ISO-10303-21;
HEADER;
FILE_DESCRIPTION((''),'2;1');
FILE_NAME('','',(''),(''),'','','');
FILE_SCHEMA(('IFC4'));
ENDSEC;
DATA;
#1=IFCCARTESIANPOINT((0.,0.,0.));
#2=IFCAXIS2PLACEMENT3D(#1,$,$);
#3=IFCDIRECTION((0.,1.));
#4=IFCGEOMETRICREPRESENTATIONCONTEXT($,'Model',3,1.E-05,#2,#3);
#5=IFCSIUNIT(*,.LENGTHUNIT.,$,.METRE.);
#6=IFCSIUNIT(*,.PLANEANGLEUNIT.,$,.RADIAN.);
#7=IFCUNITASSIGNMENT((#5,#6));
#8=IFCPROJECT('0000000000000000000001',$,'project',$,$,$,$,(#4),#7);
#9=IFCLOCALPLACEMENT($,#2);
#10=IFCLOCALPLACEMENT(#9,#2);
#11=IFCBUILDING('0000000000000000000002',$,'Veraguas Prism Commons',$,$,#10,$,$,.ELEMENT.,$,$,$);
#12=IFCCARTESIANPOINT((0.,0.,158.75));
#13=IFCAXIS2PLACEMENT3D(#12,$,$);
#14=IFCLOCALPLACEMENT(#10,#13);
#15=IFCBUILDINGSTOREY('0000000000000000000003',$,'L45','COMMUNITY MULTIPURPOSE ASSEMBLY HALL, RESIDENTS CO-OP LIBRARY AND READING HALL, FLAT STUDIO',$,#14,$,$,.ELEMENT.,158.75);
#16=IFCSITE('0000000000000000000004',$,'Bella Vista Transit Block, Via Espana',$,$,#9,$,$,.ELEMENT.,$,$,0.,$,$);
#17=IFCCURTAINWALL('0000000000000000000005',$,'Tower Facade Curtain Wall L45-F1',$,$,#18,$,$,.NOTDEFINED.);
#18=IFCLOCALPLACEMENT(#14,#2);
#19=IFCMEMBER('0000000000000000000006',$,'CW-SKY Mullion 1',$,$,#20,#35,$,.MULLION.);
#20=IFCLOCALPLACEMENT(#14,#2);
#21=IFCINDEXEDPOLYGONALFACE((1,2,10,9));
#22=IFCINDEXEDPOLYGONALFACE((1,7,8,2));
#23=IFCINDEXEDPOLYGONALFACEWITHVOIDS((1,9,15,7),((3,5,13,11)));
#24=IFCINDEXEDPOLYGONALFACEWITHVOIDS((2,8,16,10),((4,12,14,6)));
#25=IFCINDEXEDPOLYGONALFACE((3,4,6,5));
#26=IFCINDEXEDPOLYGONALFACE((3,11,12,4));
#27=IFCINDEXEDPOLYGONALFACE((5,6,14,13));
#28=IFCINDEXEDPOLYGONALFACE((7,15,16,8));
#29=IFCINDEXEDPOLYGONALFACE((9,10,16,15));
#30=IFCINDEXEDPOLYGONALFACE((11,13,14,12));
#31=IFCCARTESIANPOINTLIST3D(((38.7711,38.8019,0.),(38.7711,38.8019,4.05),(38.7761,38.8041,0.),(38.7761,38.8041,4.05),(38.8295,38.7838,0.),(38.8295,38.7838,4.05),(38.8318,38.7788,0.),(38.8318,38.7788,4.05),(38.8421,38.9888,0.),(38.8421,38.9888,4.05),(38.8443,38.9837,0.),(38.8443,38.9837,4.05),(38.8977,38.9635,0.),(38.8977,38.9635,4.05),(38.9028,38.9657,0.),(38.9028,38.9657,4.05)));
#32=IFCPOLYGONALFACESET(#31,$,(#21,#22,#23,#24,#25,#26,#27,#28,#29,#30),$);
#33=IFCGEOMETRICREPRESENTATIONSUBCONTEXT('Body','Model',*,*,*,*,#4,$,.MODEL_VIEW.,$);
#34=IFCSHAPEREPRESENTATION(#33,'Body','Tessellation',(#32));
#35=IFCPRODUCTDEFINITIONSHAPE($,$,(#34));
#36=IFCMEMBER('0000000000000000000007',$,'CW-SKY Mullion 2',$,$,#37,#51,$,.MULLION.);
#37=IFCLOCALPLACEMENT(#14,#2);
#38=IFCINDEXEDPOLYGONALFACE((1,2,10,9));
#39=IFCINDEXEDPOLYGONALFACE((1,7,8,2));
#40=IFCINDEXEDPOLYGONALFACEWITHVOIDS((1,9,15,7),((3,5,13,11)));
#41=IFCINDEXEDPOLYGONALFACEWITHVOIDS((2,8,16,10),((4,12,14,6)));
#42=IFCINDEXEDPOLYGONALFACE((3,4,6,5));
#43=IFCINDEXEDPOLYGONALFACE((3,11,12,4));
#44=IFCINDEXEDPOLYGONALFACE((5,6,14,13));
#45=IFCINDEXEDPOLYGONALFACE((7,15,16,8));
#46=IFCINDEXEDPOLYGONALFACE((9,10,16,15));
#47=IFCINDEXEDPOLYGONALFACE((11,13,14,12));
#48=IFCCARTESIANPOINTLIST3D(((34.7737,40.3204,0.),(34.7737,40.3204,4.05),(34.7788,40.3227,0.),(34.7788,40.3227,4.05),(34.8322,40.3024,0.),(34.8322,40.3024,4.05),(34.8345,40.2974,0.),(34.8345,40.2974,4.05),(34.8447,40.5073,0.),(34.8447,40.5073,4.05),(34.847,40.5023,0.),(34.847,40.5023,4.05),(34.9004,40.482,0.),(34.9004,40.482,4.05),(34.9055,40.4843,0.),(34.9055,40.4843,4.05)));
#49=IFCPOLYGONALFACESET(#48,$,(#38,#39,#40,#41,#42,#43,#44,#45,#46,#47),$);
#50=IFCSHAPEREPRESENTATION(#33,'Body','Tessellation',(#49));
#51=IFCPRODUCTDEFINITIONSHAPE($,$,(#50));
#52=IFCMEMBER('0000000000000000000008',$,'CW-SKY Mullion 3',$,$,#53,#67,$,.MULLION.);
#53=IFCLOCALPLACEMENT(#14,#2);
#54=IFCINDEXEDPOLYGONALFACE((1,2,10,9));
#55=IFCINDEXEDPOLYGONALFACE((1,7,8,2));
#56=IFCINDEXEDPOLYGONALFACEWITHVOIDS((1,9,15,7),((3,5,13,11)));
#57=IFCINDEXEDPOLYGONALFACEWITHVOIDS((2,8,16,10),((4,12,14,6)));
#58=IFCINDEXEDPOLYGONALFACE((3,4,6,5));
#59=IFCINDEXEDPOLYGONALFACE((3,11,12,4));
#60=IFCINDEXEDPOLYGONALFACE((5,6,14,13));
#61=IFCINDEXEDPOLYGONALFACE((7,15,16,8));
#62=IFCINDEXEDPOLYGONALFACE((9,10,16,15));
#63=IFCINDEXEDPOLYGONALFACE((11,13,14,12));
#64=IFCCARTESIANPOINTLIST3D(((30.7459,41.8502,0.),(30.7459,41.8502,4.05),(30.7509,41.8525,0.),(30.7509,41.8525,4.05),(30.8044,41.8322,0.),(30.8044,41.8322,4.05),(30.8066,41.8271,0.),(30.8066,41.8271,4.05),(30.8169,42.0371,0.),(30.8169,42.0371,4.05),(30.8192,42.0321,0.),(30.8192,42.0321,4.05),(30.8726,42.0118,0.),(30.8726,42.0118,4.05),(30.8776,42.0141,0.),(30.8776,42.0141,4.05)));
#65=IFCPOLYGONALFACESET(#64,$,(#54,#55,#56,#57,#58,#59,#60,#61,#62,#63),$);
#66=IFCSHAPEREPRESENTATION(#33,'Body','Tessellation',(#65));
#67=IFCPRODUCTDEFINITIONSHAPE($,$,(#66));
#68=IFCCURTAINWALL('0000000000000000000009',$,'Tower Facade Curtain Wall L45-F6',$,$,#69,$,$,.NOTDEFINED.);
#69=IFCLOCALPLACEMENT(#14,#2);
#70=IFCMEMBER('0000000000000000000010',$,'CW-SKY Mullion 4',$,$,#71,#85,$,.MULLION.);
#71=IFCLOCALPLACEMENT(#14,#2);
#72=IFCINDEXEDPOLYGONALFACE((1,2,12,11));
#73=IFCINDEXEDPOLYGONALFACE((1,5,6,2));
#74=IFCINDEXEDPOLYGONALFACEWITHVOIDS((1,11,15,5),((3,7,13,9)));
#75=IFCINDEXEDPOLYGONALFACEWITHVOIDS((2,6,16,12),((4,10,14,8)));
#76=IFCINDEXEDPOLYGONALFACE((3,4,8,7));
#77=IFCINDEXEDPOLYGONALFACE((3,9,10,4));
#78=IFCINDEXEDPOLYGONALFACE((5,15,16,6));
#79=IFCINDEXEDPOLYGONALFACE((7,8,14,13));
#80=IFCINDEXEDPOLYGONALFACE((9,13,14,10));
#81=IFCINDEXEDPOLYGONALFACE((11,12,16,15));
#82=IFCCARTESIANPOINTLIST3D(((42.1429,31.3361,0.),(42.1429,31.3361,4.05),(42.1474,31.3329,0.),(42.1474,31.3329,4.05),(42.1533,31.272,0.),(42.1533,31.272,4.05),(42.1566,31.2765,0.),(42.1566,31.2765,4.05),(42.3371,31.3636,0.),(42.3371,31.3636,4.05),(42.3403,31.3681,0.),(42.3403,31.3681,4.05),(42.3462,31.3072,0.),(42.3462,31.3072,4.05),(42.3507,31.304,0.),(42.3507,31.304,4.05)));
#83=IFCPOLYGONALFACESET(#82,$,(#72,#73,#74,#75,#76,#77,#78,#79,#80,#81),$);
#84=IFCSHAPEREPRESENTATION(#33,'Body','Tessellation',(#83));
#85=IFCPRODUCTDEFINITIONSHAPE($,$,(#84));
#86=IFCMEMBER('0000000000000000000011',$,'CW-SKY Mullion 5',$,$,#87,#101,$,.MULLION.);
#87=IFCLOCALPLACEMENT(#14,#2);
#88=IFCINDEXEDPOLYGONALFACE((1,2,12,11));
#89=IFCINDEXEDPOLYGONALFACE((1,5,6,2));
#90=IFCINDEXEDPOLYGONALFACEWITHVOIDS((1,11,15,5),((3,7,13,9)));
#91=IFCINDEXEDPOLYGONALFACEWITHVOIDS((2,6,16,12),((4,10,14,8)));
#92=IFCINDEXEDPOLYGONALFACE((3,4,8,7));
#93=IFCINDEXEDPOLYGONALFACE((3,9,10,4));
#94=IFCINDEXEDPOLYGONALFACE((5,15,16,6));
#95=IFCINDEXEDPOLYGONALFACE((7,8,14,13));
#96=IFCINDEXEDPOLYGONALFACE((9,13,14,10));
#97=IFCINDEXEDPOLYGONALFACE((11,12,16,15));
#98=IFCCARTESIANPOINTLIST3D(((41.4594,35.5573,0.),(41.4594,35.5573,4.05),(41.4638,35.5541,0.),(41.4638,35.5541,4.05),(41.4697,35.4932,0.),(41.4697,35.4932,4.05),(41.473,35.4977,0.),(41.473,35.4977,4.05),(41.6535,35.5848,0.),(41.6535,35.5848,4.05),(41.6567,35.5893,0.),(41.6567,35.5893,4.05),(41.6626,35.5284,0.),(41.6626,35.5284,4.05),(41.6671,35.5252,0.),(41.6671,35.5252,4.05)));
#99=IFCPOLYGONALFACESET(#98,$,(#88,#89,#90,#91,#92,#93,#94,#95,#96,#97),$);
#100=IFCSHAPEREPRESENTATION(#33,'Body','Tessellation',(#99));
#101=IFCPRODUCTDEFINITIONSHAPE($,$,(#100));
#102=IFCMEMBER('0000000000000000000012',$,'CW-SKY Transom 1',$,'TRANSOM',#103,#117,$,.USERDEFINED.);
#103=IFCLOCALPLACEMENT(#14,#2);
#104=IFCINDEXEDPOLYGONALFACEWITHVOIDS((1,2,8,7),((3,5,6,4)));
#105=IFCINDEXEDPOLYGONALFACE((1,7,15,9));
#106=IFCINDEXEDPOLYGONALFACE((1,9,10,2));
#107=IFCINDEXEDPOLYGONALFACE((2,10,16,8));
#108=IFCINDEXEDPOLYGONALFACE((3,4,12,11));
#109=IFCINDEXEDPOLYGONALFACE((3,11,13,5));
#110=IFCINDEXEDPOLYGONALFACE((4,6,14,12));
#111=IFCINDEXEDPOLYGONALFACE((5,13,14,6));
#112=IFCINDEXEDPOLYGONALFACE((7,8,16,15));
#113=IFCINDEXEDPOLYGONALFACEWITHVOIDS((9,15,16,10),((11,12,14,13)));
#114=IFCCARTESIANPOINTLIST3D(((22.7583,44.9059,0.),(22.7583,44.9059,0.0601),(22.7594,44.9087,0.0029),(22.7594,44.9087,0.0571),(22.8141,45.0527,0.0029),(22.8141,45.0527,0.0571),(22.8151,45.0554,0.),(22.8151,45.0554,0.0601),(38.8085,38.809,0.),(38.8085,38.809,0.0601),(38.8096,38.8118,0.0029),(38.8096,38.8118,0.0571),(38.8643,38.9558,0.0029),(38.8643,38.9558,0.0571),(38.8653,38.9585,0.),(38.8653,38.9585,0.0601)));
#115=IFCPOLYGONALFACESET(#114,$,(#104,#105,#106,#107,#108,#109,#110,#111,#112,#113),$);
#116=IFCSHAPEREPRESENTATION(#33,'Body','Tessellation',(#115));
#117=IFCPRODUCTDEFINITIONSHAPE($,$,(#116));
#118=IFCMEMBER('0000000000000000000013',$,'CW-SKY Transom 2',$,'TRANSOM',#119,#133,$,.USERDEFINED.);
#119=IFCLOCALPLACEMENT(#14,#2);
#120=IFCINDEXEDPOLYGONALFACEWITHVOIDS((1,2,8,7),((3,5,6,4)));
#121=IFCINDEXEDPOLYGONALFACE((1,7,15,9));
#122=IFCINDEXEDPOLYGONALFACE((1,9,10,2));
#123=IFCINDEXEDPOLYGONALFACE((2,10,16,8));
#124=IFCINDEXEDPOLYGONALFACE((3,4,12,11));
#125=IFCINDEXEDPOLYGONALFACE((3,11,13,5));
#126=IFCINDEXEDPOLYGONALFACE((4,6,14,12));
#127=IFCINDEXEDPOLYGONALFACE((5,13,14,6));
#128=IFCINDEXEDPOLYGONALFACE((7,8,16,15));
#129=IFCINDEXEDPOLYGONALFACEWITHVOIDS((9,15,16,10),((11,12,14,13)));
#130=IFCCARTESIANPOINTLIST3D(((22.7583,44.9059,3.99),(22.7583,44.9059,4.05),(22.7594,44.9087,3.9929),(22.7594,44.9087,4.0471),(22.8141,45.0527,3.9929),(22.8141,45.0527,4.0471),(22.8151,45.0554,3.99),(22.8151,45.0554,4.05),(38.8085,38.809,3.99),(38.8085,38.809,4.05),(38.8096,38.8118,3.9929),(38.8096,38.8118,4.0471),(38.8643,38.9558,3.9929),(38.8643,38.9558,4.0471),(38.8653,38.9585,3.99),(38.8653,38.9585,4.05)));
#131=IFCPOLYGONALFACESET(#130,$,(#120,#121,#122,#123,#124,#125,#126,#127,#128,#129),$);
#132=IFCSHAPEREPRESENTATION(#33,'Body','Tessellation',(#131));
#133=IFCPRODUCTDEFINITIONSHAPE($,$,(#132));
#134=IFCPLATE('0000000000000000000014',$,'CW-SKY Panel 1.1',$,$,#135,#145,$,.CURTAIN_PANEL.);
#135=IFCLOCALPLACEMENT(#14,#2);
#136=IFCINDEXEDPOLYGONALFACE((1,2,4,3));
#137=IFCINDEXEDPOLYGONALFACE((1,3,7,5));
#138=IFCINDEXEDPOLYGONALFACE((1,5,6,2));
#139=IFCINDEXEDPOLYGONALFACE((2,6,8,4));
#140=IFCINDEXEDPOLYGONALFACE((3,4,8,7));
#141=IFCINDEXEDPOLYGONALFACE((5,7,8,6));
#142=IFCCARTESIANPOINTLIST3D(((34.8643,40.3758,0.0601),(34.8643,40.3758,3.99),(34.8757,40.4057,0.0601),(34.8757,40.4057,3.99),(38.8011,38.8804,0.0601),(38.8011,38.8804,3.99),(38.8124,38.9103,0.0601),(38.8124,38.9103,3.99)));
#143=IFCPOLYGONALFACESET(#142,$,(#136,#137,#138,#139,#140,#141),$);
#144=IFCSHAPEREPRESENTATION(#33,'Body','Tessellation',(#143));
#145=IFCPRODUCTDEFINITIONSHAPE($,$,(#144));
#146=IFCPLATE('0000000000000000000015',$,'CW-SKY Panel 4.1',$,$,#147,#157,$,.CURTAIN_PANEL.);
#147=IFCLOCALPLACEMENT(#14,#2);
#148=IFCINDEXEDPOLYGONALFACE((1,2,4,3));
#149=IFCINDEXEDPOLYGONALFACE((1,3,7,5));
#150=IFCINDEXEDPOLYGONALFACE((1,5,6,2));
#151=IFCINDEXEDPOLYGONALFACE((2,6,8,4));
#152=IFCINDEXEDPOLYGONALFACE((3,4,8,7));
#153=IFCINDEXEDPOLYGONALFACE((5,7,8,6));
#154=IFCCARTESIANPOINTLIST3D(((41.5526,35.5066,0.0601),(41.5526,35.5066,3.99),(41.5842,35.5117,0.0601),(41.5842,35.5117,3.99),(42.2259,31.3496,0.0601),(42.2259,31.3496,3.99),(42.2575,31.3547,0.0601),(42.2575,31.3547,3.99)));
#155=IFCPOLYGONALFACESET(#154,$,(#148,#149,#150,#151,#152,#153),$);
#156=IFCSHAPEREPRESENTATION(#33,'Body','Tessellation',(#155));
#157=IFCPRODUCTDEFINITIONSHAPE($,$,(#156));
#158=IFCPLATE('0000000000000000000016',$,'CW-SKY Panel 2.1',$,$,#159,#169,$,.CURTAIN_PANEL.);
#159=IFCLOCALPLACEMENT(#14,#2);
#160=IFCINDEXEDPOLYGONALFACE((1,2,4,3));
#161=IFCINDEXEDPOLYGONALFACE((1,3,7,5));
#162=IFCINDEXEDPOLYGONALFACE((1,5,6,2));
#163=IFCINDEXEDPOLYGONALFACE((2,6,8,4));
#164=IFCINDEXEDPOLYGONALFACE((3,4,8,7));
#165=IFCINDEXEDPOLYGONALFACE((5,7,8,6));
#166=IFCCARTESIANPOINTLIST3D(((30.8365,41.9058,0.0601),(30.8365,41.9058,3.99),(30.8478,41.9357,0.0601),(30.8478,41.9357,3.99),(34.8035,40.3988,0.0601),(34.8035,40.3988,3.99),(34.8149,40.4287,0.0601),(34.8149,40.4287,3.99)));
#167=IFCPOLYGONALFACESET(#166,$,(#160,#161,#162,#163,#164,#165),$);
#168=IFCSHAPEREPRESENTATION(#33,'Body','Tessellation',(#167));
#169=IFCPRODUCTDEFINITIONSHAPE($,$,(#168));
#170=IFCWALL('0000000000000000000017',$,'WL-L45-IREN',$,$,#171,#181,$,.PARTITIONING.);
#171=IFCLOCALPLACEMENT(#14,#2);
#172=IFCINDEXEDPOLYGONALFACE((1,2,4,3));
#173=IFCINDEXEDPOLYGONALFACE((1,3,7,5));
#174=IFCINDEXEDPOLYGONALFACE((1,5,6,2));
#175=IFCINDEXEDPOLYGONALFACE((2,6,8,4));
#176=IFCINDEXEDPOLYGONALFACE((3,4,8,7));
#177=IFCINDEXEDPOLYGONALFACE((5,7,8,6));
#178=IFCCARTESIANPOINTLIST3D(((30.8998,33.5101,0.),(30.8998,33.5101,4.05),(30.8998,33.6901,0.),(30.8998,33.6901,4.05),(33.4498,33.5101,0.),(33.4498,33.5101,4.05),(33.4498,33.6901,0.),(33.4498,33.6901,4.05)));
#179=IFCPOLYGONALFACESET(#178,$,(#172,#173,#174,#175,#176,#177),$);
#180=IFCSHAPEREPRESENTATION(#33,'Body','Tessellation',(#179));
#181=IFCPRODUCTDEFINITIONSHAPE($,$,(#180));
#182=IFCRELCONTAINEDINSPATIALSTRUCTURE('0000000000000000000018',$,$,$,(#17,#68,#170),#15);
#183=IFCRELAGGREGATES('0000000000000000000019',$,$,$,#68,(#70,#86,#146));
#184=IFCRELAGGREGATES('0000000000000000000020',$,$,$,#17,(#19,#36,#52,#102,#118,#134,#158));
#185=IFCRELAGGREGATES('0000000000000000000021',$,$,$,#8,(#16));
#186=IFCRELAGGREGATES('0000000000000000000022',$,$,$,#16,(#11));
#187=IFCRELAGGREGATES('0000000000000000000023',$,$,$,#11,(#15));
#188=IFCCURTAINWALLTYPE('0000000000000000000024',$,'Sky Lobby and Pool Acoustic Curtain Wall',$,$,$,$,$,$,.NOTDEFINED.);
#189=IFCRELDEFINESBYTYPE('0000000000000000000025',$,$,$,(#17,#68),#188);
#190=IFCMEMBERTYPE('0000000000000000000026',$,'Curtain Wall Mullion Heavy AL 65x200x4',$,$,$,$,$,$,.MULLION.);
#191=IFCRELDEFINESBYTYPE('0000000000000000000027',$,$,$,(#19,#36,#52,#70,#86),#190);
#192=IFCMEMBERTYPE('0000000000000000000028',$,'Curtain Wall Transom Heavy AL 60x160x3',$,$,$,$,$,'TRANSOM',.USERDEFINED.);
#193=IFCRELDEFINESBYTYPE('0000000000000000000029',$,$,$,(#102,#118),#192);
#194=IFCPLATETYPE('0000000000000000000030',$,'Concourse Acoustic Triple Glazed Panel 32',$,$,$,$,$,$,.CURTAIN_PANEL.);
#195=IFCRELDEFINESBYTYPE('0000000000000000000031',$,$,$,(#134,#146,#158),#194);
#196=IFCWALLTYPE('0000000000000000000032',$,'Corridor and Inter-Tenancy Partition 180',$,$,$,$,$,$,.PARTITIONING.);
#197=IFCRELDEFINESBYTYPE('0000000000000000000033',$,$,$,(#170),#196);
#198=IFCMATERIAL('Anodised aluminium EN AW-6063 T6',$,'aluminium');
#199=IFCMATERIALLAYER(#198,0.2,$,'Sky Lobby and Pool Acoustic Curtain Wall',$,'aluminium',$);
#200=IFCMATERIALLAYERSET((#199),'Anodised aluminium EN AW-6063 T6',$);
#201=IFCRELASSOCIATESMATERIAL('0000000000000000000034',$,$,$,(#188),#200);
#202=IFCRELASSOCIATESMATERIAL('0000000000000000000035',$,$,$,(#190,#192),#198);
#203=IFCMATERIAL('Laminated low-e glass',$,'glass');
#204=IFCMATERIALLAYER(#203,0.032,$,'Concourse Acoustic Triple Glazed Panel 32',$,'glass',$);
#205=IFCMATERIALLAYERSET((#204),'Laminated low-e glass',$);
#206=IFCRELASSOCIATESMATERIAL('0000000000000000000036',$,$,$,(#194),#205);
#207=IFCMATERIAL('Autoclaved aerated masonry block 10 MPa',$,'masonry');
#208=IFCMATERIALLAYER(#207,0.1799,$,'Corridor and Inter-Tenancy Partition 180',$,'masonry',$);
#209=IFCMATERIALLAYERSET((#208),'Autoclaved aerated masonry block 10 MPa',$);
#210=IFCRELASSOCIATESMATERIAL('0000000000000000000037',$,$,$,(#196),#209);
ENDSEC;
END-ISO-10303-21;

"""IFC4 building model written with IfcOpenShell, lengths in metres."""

from ifc_helpers import new_model, si_unit, direction, frame, frame_2d, origin, origin_2d, place, context, subcontext, project, spatial, rectangle, hollow_rectangle, extrude, source, transform, mapped, material, layer, layer_set, material_profile, profile_set, type_object, element, aggregate, save


model = new_model("IFC4")

# Units and contexts
model_context = context("Model", 3, precision=1e-05, world=origin(), true_north=direction((0.0, 1.0)))
body_context = subcontext(model_context, "Body", "Model", "MODEL_VIEW")
ifc_project = project(units=[si_unit("LENGTHUNIT", "METRE"), si_unit("PLANEANGLEUNIT", "RADIAN")], contexts=[model_context])

# Site, building, storey
site_placement = place(None, origin())
site = spatial("IfcSite", under=ifc_project, at=site_placement, Name="Bella Vista Transit Block, Via Espana", CompositionType="ELEMENT", RefElevation=0.0)
building_placement = place(site_placement, origin())
building = spatial("IfcBuilding", under=site, at=building_placement, Name="Veraguas Prism Commons", CompositionType="ELEMENT")
storey_placement = place(building_placement, frame((0.0, 0.0, 158.75)))
storey = spatial("IfcBuildingStorey", under=building, at=storey_placement, Name="L45", Description="COMMUNITY MULTIPURPOSE ASSEMBLY HALL, RESIDENTS CO-OP LIBRARY AND READING HALL, FLAT STUDIO", CompositionType="ELEMENT", Elevation=158.75)

# Curtain walls, members
ifc_material_1 = material(Name="Anodised aluminium EN AW-6063 T6", Category="aluminium")
ifc_layer_1 = layer(ifc_material_1, 0.2, Name="Sky Lobby and Pool Acoustic Curtain Wall", Category="aluminium")
ifc_layer_set_1 = layer_set([ifc_layer_1], Name="Anodised aluminium EN AW-6063 T6")
curtain_wall_type = type_object("IfcCurtainWallType", Name="Sky Lobby and Pool Acoustic Curtain Wall", PredefinedType="NOTDEFINED", material=ifc_layer_set_1)
curtain_wall_1_placement = place(storey_placement, origin())
curtain_wall_1 = element("IfcCurtainWall", 1, at=curtain_wall_1_placement, inside=storey, type_object=curtain_wall_type, Name="Tower Facade Curtain Wall L45-F1", PredefinedType="NOTDEFINED")
ifc_material_profile_1 = material_profile(ifc_material_1, hollow_rectangle(XDim=0.0649, YDim=0.2, WallThickness=0.0039, at=origin_2d()), Name="AL65X200X4")
ifc_profile_set_1 = profile_set([ifc_material_profile_1], Name="Anodised aluminium EN AW-6063 T6")
member_type_1 = type_object("IfcMemberType", Name="Curtain Wall Mullion Heavy AL 65x200x4", PredefinedType="MULLION", material=ifc_profile_set_1)
shared_shape_1 = source(origin(), body_context, "Body", "SweptSolid", [
    extrude(hollow_rectangle(XDim=0.0649, YDim=0.2, WallThickness=0.0039, at=origin_2d()), origin(), (0.0, 0.0, 1.0), 4.05),
])
member_1_placement = place(storey_placement, frame((38.8369, 38.8838, 0.0), z_axis=(0.0, 0.0, 1.0), x_axis=(-0.934824, 0.35511, 0.0)))
member_1 = element("IfcMember", 2, at=member_1_placement, type_object=member_type_1, Name="CW-SKY Mullion 1", PredefinedType="MULLION", context=body_context, shape_type="MappedRepresentation", body=[
    mapped(shared_shape_1, transform((0.0, 0.0, 0.0), scale=1.0)),
])
member_2_placement = place(storey_placement, frame((34.8396, 40.4023, 0.0), z_axis=(0.0, 0.0, 1.0), x_axis=(-0.934824, 0.35511, 0.0)))
member_2 = element("IfcMember", 3, at=member_2_placement, type_object=member_type_1, Name="CW-SKY Mullion 2", PredefinedType="MULLION", context=body_context, shape_type="MappedRepresentation", body=[
    mapped(shared_shape_1, transform((0.0, 0.0, 0.0), scale=1.0)),
])
member_3_placement = place(storey_placement, frame((30.8118, 41.9321, 0.0), z_axis=(0.0, 0.0, 1.0), x_axis=(-0.934824, 0.35511, 0.0)))
member_3 = element("IfcMember", 4, at=member_3_placement, type_object=member_type_1, Name="CW-SKY Mullion 3", PredefinedType="MULLION", context=body_context, shape_type="MappedRepresentation", body=[
    mapped(shared_shape_1, transform((0.0, 0.0, 0.0), scale=1.0)),
])
curtain_wall_2_placement = place(storey_placement, origin())
curtain_wall_2 = element("IfcCurtainWall", 5, at=curtain_wall_2_placement, inside=storey, type_object=curtain_wall_type, Name="Tower Facade Curtain Wall L45-F6", PredefinedType="NOTDEFINED")
member_4_placement = place(storey_placement, frame((42.2468, 31.3201, 0.0), z_axis=(0.0, 0.0, 1.0), x_axis=(-0.159878, 0.987137, 0.0)))
member_4 = element("IfcMember", 6, at=member_4_placement, type_object=member_type_1, Name="CW-SKY Mullion 4", PredefinedType="MULLION", context=body_context, shape_type="MappedRepresentation", body=[
    mapped(shared_shape_1, transform((0.0, 0.0, 0.0), scale=1.0)),
])
member_5_placement = place(storey_placement, frame((41.5632, 35.5413, 0.0), z_axis=(0.0, 0.0, 1.0), x_axis=(-0.159878, 0.987137, 0.0)))
member_5 = element("IfcMember", 7, at=member_5_placement, type_object=member_type_1, Name="CW-SKY Mullion 5", PredefinedType="MULLION", context=body_context, shape_type="MappedRepresentation", body=[
    mapped(shared_shape_1, transform((0.0, 0.0, 0.0), scale=1.0)),
])

# Members
ifc_material_profile_2 = material_profile(ifc_material_1, hollow_rectangle(XDim=0.0601, YDim=0.1599, WallThickness=0.0029, at=origin_2d()), Name="AL60X160X3")
ifc_profile_set_2 = profile_set([ifc_material_profile_2], Name="Anodised aluminium EN AW-6063 T6")
member_type_2 = type_object("IfcMemberType", Name="Curtain Wall Transom Heavy AL 60x160x3", ElementType="TRANSOM", PredefinedType="USERDEFINED", material=ifc_profile_set_2)
shared_shape_2 = source(origin(), body_context, "Body", "SweptSolid", [
    extrude(hollow_rectangle(XDim=0.0601, YDim=0.1599, WallThickness=0.0029, at=origin_2d()), origin(), (0.0, 0.0, 1.0), 17.1692),
])
member_6_placement = place(storey_placement, frame((38.8369, 38.8838, 0.03), z_axis=(-0.934826, 0.355106, 0.0), x_axis=(0.0, 0.0, 1.0)))
member_6 = element("IfcMember", 8, at=member_6_placement, type_object=member_type_2, Name="CW-SKY Transom 1", ObjectType="TRANSOM", PredefinedType="USERDEFINED", context=body_context, shape_type="MappedRepresentation", body=[
    mapped(shared_shape_2, transform((0.0, 0.0, 0.0), scale=1.0)),
])
member_7_placement = place(storey_placement, frame((38.8369, 38.8838, 4.02), z_axis=(-0.934826, 0.355106, 0.0), x_axis=(0.0, 0.0, 1.0)))
member_7 = element("IfcMember", 9, at=member_7_placement, type_object=member_type_2, Name="CW-SKY Transom 2", ObjectType="TRANSOM", PredefinedType="USERDEFINED", context=body_context, shape_type="MappedRepresentation", body=[
    mapped(shared_shape_2, transform((0.0, 0.0, 0.0), scale=1.0)),
])

# Plates
ifc_material_2 = material(Name="Laminated low-e glass", Category="glass")
ifc_layer_2 = layer(ifc_material_2, 0.032, Name="Concourse Acoustic Triple Glazed Panel 32", Category="glass")
ifc_layer_set_2 = layer_set([ifc_layer_2], Name="Laminated low-e glass")
plate_type = type_object("IfcPlateType", Name="Concourse Acoustic Triple Glazed Panel 32", PredefinedType="CURTAIN_PANEL", material=ifc_layer_set_2)
shared_shape_3 = source(origin(), body_context, "Body", "SweptSolid", [
    extrude(rectangle(XDim=4.2112, YDim=0.032, at=origin_2d()), origin(), (0.0, 0.0, 1.0), 3.9299),
])
plate_1_placement = place(storey_placement, frame((36.8384, 39.6431, 0.0601), z_axis=(0.0, 0.0, 1.0), x_axis=(-0.934824, 0.35511, 0.0)))
plate_1 = element("IfcPlate", 10, at=plate_1_placement, type_object=plate_type, Name="CW-SKY Panel 1.1", PredefinedType="CURTAIN_PANEL", context=body_context, shape_type="MappedRepresentation", body=[
    mapped(shared_shape_3, transform((0.0, 0.0, 0.0), scale=1.0)),
])
plate_2_placement = place(storey_placement, frame((41.905, 33.4307, 0.0601), z_axis=(0.0, 0.0, 1.0), x_axis=(-0.159878, 0.987137, 0.0)))
plate_2 = element("IfcPlate", 11, at=plate_2_placement, type_object=plate_type, Name="CW-SKY Panel 4.1", PredefinedType="CURTAIN_PANEL", context=body_context, shape_type="MappedRepresentation", body=[
    mapped(shared_shape_3, transform((0.0, 0.0, 0.0), scale=1.0)),
])
aggregate(curtain_wall_2, [member_4, member_5, plate_2])
shared_shape_4 = source(origin(), body_context, "Body", "SweptSolid", [
    extrude(rectangle(XDim=4.2437, YDim=0.032, at=origin_2d()), origin(), (0.0, 0.0, 1.0), 3.9299),
])
plate_3_placement = place(storey_placement, frame((32.8257, 41.1672, 0.0601), z_axis=(0.0, 0.0, 1.0), x_axis=(-0.934824, 0.35511, 0.0)))
plate_3 = element("IfcPlate", 12, at=plate_3_placement, type_object=plate_type, Name="CW-SKY Panel 2.1", PredefinedType="CURTAIN_PANEL", context=body_context, shape_type="MappedRepresentation", body=[
    mapped(shared_shape_4, transform((0.0, 0.0, 0.0), scale=1.0)),
])
aggregate(curtain_wall_1, [member_1, member_2, member_3, member_6, member_7, plate_1, plate_3])

# Wall
ifc_material_3 = material(Name="Autoclaved aerated masonry block 10 MPa", Category="masonry")
ifc_layer_3 = layer(ifc_material_3, 0.1799, Name="Corridor and Inter-Tenancy Partition 180", Category="masonry")
ifc_layer_set_3 = layer_set([ifc_layer_3], Name="Autoclaved aerated masonry block 10 MPa")
wall_type_1 = type_object("IfcWallType", Name="Corridor and Inter-Tenancy Partition 180", PredefinedType="PARTITIONING", material=ifc_layer_set_3)
wall_1_placement = place(storey_placement, frame((30.8999, 33.6001, 0.0), z_axis=(0.0, 0.0, 1.0), x_axis=(1.0, 0.0, 0.0)))
element("IfcWall", 13, at=wall_1_placement, inside=storey, type_object=wall_type_1, Name="WL-L45-IREN", PredefinedType="PARTITIONING", context=body_context, shape_type="SweptSolid", body=[
    extrude(rectangle(XDim=2.55, YDim=0.1799, at=frame_2d((1.2749, 0.0))), origin(), (0.0, 0.0, 1.0), 4.05),
])

save(model, "model.ifc")
